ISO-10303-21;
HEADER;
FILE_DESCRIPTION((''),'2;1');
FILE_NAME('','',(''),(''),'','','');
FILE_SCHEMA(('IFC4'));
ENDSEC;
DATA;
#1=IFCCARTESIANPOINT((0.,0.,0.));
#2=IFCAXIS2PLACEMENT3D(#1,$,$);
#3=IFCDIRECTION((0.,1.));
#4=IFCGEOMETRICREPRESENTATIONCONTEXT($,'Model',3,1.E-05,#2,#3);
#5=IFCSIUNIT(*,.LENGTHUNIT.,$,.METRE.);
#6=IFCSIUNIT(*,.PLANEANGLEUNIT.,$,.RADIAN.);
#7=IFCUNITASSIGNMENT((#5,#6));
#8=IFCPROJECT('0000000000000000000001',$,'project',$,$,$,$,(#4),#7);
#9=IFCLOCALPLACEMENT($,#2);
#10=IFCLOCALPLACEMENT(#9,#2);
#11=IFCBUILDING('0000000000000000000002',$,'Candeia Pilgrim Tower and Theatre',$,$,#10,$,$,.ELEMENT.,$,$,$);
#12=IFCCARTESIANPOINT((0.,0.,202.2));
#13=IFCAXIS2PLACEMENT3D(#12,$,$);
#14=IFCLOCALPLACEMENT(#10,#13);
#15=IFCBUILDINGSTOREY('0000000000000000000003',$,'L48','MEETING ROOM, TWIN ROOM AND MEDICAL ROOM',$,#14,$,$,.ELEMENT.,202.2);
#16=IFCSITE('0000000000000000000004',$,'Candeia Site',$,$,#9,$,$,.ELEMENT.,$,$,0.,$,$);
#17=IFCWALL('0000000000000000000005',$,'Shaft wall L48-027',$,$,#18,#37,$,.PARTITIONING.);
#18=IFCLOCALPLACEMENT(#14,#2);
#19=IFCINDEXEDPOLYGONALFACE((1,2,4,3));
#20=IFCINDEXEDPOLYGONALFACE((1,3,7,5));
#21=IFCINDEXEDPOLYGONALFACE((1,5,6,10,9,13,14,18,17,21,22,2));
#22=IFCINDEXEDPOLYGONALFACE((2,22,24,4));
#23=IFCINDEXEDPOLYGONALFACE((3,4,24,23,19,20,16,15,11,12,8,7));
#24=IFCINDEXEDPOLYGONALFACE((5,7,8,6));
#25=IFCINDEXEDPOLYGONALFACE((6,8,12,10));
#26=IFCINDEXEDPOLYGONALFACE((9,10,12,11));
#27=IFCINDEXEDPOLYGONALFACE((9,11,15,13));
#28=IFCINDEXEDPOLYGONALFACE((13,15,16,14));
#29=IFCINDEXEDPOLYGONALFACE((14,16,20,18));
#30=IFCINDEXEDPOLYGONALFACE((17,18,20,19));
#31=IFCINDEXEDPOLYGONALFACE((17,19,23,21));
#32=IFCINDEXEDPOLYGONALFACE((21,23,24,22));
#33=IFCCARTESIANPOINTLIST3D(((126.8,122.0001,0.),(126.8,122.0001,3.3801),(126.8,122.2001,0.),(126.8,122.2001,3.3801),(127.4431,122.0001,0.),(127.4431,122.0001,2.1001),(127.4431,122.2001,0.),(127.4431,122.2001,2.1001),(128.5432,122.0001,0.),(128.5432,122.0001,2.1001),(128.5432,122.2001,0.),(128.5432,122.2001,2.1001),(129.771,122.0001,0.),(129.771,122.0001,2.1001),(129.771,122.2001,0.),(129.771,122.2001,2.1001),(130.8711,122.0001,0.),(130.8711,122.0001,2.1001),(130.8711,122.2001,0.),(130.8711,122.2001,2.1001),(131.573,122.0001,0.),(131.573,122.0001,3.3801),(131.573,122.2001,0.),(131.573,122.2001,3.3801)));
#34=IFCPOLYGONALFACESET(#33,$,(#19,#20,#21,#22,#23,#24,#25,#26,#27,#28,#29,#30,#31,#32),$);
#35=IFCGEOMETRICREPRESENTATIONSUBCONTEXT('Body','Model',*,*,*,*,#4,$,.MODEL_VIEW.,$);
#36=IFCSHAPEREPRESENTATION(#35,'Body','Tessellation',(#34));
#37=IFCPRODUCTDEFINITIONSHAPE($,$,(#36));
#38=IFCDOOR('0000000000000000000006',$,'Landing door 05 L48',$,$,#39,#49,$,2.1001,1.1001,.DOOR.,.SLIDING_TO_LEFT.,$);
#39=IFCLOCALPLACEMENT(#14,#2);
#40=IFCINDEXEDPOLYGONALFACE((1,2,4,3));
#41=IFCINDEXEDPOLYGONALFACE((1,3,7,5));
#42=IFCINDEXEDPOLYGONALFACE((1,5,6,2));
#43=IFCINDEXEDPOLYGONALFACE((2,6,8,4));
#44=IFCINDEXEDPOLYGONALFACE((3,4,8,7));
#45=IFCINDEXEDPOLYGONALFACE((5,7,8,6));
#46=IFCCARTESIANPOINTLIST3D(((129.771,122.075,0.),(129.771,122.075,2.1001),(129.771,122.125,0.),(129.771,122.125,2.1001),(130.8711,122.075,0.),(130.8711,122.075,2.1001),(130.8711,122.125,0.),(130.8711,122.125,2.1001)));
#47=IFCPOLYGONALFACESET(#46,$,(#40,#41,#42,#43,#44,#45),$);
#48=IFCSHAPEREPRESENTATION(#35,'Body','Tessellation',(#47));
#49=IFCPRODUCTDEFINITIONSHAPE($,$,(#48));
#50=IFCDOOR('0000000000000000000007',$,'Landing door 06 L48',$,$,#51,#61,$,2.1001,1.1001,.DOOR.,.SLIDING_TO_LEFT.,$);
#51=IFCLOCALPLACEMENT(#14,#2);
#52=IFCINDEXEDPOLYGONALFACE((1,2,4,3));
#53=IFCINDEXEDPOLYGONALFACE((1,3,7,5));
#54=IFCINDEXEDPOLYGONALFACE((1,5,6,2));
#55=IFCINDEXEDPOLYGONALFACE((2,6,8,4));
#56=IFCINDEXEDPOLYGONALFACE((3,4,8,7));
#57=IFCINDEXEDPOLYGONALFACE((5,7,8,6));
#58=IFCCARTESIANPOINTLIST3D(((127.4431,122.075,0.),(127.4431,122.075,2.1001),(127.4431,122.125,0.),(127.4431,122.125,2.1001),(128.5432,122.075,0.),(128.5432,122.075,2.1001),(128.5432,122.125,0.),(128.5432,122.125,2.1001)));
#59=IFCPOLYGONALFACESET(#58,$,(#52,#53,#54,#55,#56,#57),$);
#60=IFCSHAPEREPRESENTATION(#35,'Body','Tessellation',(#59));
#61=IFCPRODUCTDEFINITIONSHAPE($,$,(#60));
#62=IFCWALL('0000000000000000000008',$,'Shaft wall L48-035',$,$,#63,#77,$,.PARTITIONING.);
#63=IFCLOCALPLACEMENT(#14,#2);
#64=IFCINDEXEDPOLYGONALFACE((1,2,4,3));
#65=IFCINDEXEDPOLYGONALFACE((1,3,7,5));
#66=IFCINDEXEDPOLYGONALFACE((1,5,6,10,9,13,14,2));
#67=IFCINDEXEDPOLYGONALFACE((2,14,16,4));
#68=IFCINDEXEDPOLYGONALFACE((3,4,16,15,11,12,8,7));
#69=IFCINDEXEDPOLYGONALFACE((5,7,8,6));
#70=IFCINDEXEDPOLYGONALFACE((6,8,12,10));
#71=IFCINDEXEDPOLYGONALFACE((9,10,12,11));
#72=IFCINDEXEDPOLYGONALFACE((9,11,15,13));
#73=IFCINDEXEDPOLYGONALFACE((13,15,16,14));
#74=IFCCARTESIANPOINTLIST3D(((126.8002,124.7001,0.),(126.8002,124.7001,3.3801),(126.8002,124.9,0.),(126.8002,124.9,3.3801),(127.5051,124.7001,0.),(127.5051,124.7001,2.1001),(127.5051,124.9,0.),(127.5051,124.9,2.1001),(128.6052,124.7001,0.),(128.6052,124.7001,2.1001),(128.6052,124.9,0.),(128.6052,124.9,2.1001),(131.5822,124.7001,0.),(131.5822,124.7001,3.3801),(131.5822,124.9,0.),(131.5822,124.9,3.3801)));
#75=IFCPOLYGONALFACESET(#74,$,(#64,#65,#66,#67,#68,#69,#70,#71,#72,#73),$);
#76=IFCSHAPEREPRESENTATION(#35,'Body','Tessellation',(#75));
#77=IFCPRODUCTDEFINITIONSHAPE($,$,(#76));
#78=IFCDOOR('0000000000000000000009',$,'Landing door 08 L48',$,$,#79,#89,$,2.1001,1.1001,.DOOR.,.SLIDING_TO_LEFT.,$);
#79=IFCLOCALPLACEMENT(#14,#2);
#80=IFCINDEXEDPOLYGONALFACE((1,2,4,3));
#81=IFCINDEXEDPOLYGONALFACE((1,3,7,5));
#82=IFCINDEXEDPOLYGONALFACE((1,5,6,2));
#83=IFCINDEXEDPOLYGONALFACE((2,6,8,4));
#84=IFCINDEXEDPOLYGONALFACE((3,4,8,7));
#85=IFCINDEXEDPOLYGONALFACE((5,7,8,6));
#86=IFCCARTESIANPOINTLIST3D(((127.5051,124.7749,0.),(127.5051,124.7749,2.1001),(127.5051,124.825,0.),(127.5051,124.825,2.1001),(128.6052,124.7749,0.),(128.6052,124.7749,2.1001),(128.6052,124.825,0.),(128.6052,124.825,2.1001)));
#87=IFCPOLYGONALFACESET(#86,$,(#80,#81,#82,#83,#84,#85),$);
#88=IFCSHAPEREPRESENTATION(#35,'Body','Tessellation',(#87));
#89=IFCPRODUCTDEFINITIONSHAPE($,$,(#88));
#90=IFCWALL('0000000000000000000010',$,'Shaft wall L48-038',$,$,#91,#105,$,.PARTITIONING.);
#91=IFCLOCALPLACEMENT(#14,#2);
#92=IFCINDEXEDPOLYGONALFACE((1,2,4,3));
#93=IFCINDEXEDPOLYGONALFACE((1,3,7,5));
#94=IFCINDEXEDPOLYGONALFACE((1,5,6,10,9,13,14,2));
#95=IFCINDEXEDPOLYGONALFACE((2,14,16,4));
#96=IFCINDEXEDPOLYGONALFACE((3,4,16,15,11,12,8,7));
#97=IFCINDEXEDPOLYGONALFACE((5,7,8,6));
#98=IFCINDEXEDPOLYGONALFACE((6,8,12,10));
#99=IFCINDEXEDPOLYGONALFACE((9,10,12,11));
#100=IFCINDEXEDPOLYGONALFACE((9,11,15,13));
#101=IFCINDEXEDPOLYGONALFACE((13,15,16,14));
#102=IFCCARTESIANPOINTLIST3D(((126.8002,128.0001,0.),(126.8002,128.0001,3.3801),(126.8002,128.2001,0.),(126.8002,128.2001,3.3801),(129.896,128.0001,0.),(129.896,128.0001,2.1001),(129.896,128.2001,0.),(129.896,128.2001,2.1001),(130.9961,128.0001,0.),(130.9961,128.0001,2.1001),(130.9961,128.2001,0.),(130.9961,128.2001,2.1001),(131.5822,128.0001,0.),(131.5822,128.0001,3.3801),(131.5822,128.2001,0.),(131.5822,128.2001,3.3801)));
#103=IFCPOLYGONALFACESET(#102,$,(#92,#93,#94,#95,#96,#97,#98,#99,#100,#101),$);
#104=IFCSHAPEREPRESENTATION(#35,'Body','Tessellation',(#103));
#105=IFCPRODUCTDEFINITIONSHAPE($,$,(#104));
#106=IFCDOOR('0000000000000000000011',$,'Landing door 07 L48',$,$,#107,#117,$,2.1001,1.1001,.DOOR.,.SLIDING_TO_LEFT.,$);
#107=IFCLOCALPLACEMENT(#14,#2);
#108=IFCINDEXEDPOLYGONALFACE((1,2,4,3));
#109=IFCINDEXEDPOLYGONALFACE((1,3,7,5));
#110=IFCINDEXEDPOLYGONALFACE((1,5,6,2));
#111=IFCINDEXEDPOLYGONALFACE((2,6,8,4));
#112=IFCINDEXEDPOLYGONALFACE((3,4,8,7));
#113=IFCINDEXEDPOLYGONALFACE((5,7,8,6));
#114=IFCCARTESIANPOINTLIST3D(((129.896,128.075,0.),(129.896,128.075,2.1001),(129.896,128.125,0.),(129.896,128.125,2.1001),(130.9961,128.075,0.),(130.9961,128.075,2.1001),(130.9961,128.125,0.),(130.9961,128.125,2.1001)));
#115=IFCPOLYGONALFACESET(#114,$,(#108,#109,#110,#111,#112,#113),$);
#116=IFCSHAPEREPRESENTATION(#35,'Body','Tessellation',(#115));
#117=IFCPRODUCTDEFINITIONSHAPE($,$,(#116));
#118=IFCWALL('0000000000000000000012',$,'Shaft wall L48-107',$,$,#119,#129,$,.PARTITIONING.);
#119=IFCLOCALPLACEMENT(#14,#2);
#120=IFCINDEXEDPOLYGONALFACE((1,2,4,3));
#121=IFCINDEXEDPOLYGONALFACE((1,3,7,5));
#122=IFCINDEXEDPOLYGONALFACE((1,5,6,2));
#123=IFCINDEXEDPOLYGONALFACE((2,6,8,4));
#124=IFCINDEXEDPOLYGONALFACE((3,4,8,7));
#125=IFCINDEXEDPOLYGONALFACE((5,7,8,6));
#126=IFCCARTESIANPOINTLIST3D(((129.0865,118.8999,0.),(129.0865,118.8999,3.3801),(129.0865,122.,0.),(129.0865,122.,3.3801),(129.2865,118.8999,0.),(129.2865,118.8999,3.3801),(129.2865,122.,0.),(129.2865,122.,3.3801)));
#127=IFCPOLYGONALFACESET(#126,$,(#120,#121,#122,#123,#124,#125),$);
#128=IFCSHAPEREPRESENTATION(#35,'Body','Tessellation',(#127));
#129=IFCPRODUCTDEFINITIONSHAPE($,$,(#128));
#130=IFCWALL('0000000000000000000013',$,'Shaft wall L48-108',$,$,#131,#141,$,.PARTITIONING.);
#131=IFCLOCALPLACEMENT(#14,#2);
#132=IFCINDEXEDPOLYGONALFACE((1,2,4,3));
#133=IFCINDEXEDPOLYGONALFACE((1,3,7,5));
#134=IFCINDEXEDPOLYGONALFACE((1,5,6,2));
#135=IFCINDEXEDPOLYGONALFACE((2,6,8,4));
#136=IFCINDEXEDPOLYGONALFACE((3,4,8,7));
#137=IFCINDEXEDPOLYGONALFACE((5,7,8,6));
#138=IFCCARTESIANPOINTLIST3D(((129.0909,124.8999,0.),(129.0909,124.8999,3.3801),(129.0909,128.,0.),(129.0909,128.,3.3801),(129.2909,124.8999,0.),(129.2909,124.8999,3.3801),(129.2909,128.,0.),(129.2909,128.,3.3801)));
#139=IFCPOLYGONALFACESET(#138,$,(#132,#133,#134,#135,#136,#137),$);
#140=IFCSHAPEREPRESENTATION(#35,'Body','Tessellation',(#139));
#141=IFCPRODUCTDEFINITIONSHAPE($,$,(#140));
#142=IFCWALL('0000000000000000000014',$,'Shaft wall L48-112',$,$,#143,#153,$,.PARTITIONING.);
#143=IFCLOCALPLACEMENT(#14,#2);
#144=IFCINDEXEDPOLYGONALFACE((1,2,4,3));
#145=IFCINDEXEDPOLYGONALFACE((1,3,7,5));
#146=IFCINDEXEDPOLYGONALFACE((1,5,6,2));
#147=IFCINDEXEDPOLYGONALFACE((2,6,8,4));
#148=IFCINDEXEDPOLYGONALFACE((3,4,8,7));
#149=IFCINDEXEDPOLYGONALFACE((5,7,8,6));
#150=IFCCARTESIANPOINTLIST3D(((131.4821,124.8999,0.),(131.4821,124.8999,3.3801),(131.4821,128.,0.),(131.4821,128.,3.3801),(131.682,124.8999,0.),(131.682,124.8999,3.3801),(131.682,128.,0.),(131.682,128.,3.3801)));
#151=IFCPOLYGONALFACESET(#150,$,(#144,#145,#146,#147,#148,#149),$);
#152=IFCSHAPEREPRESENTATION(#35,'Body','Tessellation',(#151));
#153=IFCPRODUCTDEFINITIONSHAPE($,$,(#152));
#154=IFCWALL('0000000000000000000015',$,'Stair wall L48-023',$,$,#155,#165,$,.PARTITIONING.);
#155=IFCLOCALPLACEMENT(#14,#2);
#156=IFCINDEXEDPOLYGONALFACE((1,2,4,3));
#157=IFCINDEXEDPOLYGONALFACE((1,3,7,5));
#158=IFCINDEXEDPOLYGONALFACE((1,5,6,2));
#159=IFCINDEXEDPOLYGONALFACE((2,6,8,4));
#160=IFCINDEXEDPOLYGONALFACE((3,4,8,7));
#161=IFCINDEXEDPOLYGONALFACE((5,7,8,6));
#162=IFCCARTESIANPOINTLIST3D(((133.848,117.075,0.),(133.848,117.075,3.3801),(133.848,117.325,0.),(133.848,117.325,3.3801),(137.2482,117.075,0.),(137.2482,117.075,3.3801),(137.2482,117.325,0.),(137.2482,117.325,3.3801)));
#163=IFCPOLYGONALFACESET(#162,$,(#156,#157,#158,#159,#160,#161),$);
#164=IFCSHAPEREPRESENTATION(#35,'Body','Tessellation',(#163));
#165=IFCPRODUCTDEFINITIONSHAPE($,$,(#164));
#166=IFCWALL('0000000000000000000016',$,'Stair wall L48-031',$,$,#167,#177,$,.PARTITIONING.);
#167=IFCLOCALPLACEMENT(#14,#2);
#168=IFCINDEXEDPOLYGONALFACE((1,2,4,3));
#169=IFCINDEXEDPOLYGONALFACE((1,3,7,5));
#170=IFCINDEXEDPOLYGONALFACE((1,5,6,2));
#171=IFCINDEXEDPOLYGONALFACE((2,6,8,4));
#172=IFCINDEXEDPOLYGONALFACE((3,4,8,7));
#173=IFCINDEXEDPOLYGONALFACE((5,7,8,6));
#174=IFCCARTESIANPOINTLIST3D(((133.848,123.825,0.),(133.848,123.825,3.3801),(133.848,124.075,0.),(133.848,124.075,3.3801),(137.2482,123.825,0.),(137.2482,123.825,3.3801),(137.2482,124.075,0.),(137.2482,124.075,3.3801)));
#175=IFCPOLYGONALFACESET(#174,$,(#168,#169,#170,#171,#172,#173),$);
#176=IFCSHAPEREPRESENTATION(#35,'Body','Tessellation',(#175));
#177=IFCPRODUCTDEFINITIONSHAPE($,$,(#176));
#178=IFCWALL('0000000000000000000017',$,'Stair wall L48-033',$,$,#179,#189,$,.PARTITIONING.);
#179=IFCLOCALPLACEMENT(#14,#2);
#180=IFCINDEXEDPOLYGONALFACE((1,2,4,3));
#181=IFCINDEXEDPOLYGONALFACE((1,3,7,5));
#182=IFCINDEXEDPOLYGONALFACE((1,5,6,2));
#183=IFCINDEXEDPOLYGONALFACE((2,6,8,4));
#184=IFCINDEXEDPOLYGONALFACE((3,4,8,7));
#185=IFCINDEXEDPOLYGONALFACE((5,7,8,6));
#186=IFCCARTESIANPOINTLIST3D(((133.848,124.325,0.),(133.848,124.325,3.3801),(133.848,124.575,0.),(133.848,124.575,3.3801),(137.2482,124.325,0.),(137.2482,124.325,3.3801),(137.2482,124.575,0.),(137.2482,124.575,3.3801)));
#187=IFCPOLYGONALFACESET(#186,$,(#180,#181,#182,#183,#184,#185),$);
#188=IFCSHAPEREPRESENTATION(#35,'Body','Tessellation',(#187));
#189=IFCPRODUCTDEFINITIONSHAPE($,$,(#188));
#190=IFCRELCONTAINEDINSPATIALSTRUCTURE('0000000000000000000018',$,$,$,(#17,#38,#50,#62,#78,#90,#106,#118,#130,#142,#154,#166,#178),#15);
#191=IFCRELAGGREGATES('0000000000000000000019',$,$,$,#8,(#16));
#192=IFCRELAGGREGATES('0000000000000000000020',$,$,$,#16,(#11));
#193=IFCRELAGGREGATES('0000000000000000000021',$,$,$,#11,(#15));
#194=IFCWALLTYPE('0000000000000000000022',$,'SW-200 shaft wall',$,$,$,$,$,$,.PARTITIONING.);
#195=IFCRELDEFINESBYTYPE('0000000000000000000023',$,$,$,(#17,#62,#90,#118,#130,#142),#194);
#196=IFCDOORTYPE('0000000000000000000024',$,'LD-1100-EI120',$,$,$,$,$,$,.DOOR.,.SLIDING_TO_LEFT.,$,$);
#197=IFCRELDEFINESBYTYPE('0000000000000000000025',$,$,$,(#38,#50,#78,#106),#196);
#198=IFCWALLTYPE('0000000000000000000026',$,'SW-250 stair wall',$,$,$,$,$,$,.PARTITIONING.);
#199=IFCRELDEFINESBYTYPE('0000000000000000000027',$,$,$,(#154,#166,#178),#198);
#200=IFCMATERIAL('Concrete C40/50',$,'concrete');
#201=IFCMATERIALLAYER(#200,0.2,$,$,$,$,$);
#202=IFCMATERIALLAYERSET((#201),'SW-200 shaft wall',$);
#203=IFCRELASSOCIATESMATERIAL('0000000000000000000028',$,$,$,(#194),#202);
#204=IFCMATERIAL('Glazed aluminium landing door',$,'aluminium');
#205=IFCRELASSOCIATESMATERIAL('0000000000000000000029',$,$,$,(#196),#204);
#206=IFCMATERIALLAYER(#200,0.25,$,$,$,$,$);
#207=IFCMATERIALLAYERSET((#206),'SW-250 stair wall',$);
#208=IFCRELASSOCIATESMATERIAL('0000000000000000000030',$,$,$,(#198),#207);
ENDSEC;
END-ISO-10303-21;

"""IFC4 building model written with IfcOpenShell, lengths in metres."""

from ifc_helpers import new_model, si_unit, direction, frame, frame_2d, origin, place, context, subcontext, project, spatial, rectangle, extrude, material, layer, layer_set, type_object, element, fill, save


model = new_model("IFC4")

# Units and contexts
model_context = context("Model", 3, precision=1e-05, world=origin(), true_north=direction((0.0, 1.0)))
body_context = subcontext(model_context, "Body", "Model", "MODEL_VIEW")
ifc_project = project(units=[si_unit("LENGTHUNIT", "METRE"), si_unit("PLANEANGLEUNIT", "RADIAN")], contexts=[model_context])

# Site, building, storey
site_placement = place(None, origin())
site = spatial("IfcSite", under=ifc_project, at=site_placement, Name="Candeia Site", CompositionType="ELEMENT", RefElevation=0.0)
building_placement = place(site_placement, origin())
building = spatial("IfcBuilding", under=site, at=building_placement, Name="Candeia Pilgrim Tower and Theatre", CompositionType="ELEMENT")
storey_placement = place(building_placement, frame((0.0, 0.0, 202.2)))
storey = spatial("IfcBuildingStorey", under=building, at=storey_placement, Name="L48", Description="MEETING ROOM, TWIN ROOM AND MEDICAL ROOM", CompositionType="ELEMENT", Elevation=202.2)

# Shared definitions
ifc_material_1 = material(Name="Concrete C40/50", Category="concrete")
ifc_layer_1 = layer(ifc_material_1, 0.2)
ifc_layer_set_1 = layer_set([ifc_layer_1], Name="SW-200 shaft wall")
wall_type_1 = type_object("IfcWallType", Name="SW-200 shaft wall", PredefinedType="PARTITIONING", material=ifc_layer_set_1)

# Wall, openings, doors
wall_1_placement = place(storey_placement, frame((126.8, 122.1001, 0.0), z_axis=(0.0, 0.0, 1.0), x_axis=(1.0, 0.0, 0.0)))
wall_1 = element("IfcWall", 1, at=wall_1_placement, inside=storey, type_object=wall_type_1, Name="Shaft wall L48-027", PredefinedType="PARTITIONING", context=body_context, shape_type="SweptSolid", body=[
    extrude(rectangle(XDim=4.7729, YDim=0.2, at=frame_2d((2.3865, 0.0))), origin(), (0.0, 0.0, 1.0), 3.3801),
])
opening_1_placement = place(wall_1_placement, frame((2.9709, 0.0, 0.0)))
opening_1 = element("IfcOpeningElement", 2, at=opening_1_placement, cuts=wall_1, PredefinedType="OPENING", context=body_context, shape_type="SweptSolid", body=[
    extrude(rectangle(XDim=1.1001, YDim=2.1001, at=frame_2d((0.55, 1.05))), frame((0.0, 0.1099, 0.0), z_axis=(0.0, -1.0, 0.0), x_axis=(1.0, 0.0, 0.0)), (0.0, 0.0, 1.0), 0.22),
])
opening_2_placement = place(wall_1_placement, frame((0.6431, 0.0, 0.0)))
opening_2 = element("IfcOpeningElement", 3, at=opening_2_placement, cuts=wall_1, PredefinedType="OPENING", context=body_context, shape_type="SweptSolid", body=[
    extrude(rectangle(XDim=1.1001, YDim=2.1001, at=frame_2d((0.55, 1.05))), frame((0.0, 0.1099, 0.0), z_axis=(0.0, -1.0, 0.0), x_axis=(1.0, 0.0, 0.0)), (0.0, 0.0, 1.0), 0.22),
])
ifc_material_2 = material(Name="Glazed aluminium landing door", Category="aluminium")
door_type_1 = type_object("IfcDoorType", Name="LD-1100-EI120", OperationType="SLIDING_TO_LEFT", PredefinedType="DOOR", material=ifc_material_2)
door_1_placement = place(opening_1_placement, origin())
door_1 = element("IfcDoor", 4, at=door_1_placement, inside=storey, type_object=door_type_1, Name="Landing door 05 L48", OperationType="SLIDING_TO_LEFT", OverallHeight=2.1001, OverallWidth=1.1001, PredefinedType="DOOR", context=body_context, shape_type="SweptSolid", body=[
    extrude(rectangle(XDim=1.1001, YDim=2.1001, at=frame_2d((0.55, 1.05))), frame((0.0, 0.0249, 0.0), z_axis=(0.0, -1.0, 0.0), x_axis=(1.0, 0.0, 0.0)), (0.0, 0.0, 1.0), 0.05),
])
fill(opening_1, door_1)
door_2_placement = place(opening_2_placement, origin())
door_2 = element("IfcDoor", 5, at=door_2_placement, inside=storey, type_object=door_type_1, Name="Landing door 06 L48", OperationType="SLIDING_TO_LEFT", OverallHeight=2.1001, OverallWidth=1.1001, PredefinedType="DOOR", context=body_context, shape_type="SweptSolid", body=[
    extrude(rectangle(XDim=1.1001, YDim=2.1001, at=frame_2d((0.55, 1.05))), frame((0.0, 0.0249, 0.0), z_axis=(0.0, -1.0, 0.0), x_axis=(1.0, 0.0, 0.0)), (0.0, 0.0, 1.0), 0.05),
])
fill(opening_2, door_2)

# Walls, openings, doors
wall_2_placement = place(storey_placement, frame((126.8, 124.8, 0.0), z_axis=(0.0, 0.0, 1.0), x_axis=(1.0, 0.0, 0.0)))
wall_2 = element("IfcWall", 6, at=wall_2_placement, inside=storey, type_object=wall_type_1, Name="Shaft wall L48-035", PredefinedType="PARTITIONING", context=body_context, shape_type="SweptSolid", body=[
    extrude(rectangle(XDim=4.782, YDim=0.2, at=frame_2d((2.3911, 0.0))), origin(), (0.0, 0.0, 1.0), 3.3801),
])
opening_3_placement = place(wall_2_placement, frame((0.7051, 0.0, 0.0)))
opening_3 = element("IfcOpeningElement", 7, at=opening_3_placement, cuts=wall_2, PredefinedType="OPENING", context=body_context, shape_type="SweptSolid", body=[
    extrude(rectangle(XDim=1.1001, YDim=2.1001, at=frame_2d((0.55, 1.05))), frame((0.0, 0.1099, 0.0), z_axis=(0.0, -1.0, 0.0), x_axis=(1.0, 0.0, 0.0)), (0.0, 0.0, 1.0), 0.22),
])
door_3_placement = place(opening_3_placement, origin())
door_3 = element("IfcDoor", 8, at=door_3_placement, inside=storey, type_object=door_type_1, Name="Landing door 08 L48", OperationType="SLIDING_TO_LEFT", OverallHeight=2.1001, OverallWidth=1.1001, PredefinedType="DOOR", context=body_context, shape_type="SweptSolid", body=[
    extrude(rectangle(XDim=1.1001, YDim=2.1001, at=frame_2d((0.55, 1.05))), frame((0.0, 0.0249, 0.0), z_axis=(0.0, -1.0, 0.0), x_axis=(1.0, 0.0, 0.0)), (0.0, 0.0, 1.0), 0.05),
])
fill(opening_3, door_3)
wall_3_placement = place(storey_placement, frame((126.8, 128.1001, 0.0), z_axis=(0.0, 0.0, 1.0), x_axis=(1.0, 0.0, 0.0)))
wall_3 = element("IfcWall", 9, at=wall_3_placement, inside=storey, type_object=wall_type_1, Name="Shaft wall L48-038", PredefinedType="PARTITIONING", context=body_context, shape_type="SweptSolid", body=[
    extrude(rectangle(XDim=4.782, YDim=0.2, at=frame_2d((2.3911, 0.0))), origin(), (0.0, 0.0, 1.0), 3.3801),
])
opening_4_placement = place(wall_3_placement, frame((3.0959, 0.0, 0.0)))
opening_4 = element("IfcOpeningElement", 10, at=opening_4_placement, cuts=wall_3, PredefinedType="OPENING", context=body_context, shape_type="SweptSolid", body=[
    extrude(rectangle(XDim=1.1001, YDim=2.1001, at=frame_2d((0.55, 1.05))), frame((0.0, 0.1099, 0.0), z_axis=(0.0, -1.0, 0.0), x_axis=(1.0, 0.0, 0.0)), (0.0, 0.0, 1.0), 0.22),
])
door_4_placement = place(opening_4_placement, origin())
door_4 = element("IfcDoor", 11, at=door_4_placement, inside=storey, type_object=door_type_1, Name="Landing door 07 L48", OperationType="SLIDING_TO_LEFT", OverallHeight=2.1001, OverallWidth=1.1001, PredefinedType="DOOR", context=body_context, shape_type="SweptSolid", body=[
    extrude(rectangle(XDim=1.1001, YDim=2.1001, at=frame_2d((0.55, 1.05))), frame((0.0, 0.0249, 0.0), z_axis=(0.0, -1.0, 0.0), x_axis=(1.0, 0.0, 0.0)), (0.0, 0.0, 1.0), 0.05),
])
fill(opening_4, door_4)

# Walls
for number, where, z_axis, x_axis, name in (
    (12, (129.1865, 118.8999, 0.0), (0.0, 0.0, 1.0), (0.0, 1.0, 0.0), "Shaft wall L48-107"),
    (13, (129.1909, 124.8999, 0.0), (0.0, 0.0, 1.0), (0.0, 1.0, 0.0), "Shaft wall L48-108"),
    (14, (131.582, 124.8999, 0.0), (0.0, 0.0, 1.0), (0.0, 1.0, 0.0), "Shaft wall L48-112"),
):
    element("IfcWall", number, at=place(storey_placement, frame(where, z_axis=z_axis, x_axis=x_axis)), inside=storey, type_object=wall_type_1, Name=name, PredefinedType="PARTITIONING", context=body_context, shape_type="SweptSolid", body=[
        extrude(rectangle(XDim=3.1001, YDim=0.2, at=frame_2d((1.55, 0.0))), origin(), (0.0, 0.0, 1.0), 3.3801),
    ])
ifc_layer_2 = layer(ifc_material_1, 0.25)
ifc_layer_set_2 = layer_set([ifc_layer_2], Name="SW-250 stair wall")
wall_type_2 = type_object("IfcWallType", Name="SW-250 stair wall", PredefinedType="PARTITIONING", material=ifc_layer_set_2)
for number, where, z_axis, x_axis, name in (
    (15, (133.8479, 117.2, 0.0), (0.0, 0.0, 1.0), (1.0, 0.0, 0.0), "Stair wall L48-023"),
    (16, (133.8479, 123.95, 0.0), (0.0, 0.0, 1.0), (1.0, 0.0, 0.0), "Stair wall L48-031"),
    (17, (133.8479, 124.45, 0.0), (0.0, 0.0, 1.0), (1.0, 0.0, 0.0), "Stair wall L48-033"),
):
    element("IfcWall", number, at=place(storey_placement, frame(where, z_axis=z_axis, x_axis=x_axis)), inside=storey, type_object=wall_type_2, Name=name, PredefinedType="PARTITIONING", context=body_context, shape_type="SweptSolid", body=[
        extrude(rectangle(XDim=3.4001, YDim=0.25, at=frame_2d((1.7002, 0.0))), origin(), (0.0, 0.0, 1.0), 3.3801),
    ])

save(model, "model.ifc")
